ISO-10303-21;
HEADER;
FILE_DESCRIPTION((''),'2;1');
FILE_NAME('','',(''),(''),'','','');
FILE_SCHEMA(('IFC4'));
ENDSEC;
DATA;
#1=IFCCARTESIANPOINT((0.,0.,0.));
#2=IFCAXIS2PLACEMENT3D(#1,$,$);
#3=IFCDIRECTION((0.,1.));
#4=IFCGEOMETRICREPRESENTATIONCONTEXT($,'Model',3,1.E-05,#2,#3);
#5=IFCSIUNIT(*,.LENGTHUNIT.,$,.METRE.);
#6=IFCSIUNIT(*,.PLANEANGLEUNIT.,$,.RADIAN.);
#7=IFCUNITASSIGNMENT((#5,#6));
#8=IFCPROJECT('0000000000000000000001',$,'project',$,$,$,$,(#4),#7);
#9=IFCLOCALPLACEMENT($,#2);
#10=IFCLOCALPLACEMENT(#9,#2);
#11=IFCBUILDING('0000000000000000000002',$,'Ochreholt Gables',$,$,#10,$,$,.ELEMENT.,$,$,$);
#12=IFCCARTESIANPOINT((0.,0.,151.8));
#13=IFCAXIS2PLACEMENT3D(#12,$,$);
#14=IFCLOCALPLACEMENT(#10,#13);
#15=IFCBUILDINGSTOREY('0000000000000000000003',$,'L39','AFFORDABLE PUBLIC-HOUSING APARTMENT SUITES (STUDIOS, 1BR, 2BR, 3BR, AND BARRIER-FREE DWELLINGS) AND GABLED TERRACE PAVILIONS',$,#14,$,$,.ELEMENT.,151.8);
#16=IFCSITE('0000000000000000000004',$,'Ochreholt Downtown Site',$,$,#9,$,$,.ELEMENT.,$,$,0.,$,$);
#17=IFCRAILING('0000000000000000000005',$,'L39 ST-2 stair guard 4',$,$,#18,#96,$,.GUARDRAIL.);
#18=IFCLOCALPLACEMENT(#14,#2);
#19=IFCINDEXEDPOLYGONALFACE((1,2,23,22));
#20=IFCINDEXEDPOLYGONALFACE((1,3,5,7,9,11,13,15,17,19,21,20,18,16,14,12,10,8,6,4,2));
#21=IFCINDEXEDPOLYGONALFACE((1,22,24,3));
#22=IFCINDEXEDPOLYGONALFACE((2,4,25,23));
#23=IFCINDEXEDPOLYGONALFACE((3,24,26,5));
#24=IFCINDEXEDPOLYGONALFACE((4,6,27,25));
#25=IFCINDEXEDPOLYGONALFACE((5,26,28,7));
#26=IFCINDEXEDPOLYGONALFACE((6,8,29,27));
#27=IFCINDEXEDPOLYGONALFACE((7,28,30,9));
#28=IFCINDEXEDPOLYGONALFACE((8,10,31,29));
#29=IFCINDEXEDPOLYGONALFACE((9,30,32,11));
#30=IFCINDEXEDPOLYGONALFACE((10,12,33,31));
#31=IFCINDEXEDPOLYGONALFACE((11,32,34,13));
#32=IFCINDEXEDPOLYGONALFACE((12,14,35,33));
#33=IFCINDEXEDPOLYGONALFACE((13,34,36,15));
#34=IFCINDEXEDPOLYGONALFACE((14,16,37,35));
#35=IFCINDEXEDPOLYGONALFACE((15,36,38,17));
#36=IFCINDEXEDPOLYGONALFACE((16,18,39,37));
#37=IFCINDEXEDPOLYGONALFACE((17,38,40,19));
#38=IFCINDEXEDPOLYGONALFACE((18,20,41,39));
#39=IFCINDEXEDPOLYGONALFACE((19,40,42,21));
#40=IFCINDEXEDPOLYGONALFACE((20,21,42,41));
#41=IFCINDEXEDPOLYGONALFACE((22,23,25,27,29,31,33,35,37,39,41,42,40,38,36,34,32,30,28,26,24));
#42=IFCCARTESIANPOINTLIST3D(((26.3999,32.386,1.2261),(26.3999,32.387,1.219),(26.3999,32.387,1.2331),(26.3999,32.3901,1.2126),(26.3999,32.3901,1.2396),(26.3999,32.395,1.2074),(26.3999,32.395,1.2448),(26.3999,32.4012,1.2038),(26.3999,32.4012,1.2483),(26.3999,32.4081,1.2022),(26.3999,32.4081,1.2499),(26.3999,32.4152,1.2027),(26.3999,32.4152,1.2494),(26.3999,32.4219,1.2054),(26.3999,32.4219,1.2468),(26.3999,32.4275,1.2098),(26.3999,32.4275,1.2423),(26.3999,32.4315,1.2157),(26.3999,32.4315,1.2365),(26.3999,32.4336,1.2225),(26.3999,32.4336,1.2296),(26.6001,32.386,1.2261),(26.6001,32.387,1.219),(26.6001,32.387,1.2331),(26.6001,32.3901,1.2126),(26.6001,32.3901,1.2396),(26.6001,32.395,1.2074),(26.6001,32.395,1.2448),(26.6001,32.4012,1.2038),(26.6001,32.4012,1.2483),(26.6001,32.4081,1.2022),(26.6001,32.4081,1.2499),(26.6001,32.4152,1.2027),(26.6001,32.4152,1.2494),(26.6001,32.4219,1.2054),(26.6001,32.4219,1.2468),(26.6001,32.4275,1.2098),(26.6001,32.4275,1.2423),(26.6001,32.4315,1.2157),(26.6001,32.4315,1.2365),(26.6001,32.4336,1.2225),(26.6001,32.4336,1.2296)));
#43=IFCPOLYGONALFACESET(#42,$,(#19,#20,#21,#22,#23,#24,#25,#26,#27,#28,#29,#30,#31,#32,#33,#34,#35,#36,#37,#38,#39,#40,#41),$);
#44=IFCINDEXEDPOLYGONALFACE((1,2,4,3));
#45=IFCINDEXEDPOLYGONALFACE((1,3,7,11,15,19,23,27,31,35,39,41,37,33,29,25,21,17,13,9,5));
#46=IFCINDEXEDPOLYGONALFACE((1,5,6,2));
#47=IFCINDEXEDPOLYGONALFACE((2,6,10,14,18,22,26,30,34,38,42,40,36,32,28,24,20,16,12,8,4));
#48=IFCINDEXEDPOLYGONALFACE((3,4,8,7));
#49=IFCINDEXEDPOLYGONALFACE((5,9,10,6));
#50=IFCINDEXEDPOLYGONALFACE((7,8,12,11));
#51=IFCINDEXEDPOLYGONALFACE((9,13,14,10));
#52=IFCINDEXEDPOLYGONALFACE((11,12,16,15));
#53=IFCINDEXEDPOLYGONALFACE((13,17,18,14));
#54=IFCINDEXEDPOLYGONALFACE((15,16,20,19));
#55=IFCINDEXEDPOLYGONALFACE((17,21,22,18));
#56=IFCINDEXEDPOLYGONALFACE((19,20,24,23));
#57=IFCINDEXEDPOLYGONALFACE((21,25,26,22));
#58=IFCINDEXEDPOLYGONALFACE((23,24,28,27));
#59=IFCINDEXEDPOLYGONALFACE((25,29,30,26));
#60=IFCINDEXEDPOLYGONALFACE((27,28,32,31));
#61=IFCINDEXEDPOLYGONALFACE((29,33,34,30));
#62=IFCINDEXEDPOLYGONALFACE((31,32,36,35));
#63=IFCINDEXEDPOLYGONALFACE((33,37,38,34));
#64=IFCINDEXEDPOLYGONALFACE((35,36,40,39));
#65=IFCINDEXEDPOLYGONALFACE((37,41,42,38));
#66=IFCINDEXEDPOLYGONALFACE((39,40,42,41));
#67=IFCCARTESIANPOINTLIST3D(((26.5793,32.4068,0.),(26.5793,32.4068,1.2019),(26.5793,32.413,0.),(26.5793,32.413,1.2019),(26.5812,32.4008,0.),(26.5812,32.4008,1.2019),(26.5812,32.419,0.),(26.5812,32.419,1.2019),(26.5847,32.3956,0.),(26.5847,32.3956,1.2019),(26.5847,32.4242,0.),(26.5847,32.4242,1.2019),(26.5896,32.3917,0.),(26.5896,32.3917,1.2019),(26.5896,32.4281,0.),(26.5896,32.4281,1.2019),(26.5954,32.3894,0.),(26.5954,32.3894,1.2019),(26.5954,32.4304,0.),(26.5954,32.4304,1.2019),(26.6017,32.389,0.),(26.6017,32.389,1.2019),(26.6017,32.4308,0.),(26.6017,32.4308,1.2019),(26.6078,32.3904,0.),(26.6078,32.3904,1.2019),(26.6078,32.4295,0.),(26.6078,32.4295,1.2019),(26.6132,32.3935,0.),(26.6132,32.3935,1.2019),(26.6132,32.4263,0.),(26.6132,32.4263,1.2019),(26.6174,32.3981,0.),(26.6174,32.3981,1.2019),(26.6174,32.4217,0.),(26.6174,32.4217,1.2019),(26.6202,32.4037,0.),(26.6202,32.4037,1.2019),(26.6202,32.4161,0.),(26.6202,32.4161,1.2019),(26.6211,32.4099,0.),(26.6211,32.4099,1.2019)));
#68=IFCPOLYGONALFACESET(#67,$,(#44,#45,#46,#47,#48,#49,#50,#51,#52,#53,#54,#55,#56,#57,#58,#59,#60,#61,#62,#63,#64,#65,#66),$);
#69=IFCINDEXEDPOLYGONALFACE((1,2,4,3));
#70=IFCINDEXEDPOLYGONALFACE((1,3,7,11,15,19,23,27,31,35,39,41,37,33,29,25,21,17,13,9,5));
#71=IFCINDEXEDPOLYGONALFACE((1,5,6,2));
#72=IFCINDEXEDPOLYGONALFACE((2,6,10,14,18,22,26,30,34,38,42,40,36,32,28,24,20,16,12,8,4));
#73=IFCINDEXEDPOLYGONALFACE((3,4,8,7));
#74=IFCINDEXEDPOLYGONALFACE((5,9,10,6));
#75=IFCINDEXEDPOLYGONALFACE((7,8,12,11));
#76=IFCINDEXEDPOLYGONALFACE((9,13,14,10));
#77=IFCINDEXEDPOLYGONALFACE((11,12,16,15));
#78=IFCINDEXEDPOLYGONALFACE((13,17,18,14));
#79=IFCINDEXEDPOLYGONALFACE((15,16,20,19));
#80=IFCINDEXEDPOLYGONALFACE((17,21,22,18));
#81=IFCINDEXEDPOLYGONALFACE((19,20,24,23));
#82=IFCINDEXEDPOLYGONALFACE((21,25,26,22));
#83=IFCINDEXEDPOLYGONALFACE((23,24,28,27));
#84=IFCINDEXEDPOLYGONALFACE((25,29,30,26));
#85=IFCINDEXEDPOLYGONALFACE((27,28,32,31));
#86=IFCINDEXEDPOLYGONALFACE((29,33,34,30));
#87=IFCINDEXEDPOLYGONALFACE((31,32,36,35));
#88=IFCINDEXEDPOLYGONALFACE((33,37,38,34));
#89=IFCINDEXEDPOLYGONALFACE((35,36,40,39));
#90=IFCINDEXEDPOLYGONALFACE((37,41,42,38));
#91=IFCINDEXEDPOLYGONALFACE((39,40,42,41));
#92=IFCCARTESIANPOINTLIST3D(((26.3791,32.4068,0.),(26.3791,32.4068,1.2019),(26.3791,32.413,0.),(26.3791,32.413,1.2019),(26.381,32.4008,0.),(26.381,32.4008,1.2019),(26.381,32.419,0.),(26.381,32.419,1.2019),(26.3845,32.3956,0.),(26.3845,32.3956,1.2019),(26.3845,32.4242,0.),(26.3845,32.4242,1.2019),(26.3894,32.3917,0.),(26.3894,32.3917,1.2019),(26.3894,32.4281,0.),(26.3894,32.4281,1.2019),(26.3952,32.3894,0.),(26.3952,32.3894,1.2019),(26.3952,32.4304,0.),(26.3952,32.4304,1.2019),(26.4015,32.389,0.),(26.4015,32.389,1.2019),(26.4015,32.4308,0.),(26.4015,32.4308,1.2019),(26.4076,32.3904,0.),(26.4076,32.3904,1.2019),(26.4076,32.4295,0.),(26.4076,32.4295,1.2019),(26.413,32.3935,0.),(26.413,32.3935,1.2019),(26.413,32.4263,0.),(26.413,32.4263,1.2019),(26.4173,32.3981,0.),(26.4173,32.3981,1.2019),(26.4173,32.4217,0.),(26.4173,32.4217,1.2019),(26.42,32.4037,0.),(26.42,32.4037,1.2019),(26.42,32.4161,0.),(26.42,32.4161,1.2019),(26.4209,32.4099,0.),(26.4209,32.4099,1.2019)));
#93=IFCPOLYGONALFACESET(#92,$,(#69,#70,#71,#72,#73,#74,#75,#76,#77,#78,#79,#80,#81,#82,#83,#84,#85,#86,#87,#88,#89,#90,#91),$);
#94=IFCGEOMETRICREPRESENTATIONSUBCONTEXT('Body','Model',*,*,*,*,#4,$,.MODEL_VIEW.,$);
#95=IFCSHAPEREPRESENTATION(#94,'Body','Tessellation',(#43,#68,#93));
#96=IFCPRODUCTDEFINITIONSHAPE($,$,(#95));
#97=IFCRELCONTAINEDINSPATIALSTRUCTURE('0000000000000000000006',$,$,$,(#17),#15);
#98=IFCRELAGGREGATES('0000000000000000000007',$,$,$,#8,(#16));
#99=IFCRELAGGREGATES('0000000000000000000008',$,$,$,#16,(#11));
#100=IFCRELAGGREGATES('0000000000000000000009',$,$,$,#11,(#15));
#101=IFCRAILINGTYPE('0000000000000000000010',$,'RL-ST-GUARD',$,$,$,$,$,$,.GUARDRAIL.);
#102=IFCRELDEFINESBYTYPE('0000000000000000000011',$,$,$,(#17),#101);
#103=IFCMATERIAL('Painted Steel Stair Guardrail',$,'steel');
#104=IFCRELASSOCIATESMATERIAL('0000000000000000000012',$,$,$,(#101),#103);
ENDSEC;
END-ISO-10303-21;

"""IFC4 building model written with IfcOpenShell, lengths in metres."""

from ifc_helpers import new_model, si_unit, direction, frame, origin, origin_2d, place, context, subcontext, project, spatial, circle, extrude, material, type_object, element, save


model = new_model("IFC4")

# Units and contexts
model_context = context("Model", 3, precision=1e-05, world=origin(), true_north=direction((0.0, 1.0)))
body_context = subcontext(model_context, "Body", "Model", "MODEL_VIEW")
ifc_project = project(units=[si_unit("LENGTHUNIT", "METRE"), si_unit("PLANEANGLEUNIT", "RADIAN")], contexts=[model_context])

# Site, building, storey
site_placement = place(None, origin())
site = spatial("IfcSite", under=ifc_project, at=site_placement, Name="Ochreholt Downtown Site", CompositionType="ELEMENT", RefElevation=0.0)
building_placement = place(site_placement, origin())
building = spatial("IfcBuilding", under=site, at=building_placement, Name="Ochreholt Gables", CompositionType="ELEMENT")
storey_placement = place(building_placement, frame((0.0, 0.0, 151.8)))
storey = spatial("IfcBuildingStorey", under=building, at=storey_placement, Name="L39", Description="AFFORDABLE PUBLIC-HOUSING APARTMENT SUITES (STUDIOS, 1BR, 2BR, 3BR, AND BARRIER-FREE DWELLINGS) AND GABLED TERRACE PAVILIONS", CompositionType="ELEMENT", Elevation=151.8)

# Railing
ifc_material_1 = material(Name="Painted Steel Stair Guardrail", Category="steel")
railing_type = type_object("IfcRailingType", Name="RL-ST-GUARD", PredefinedType="GUARDRAIL", material=ifc_material_1)
railing_1_placement = place(storey_placement, frame((26.6001, 32.4099, 0.0)))
element("IfcRailing", 1, at=railing_1_placement, inside=storey, type_object=railing_type, Name="L39 ST-2 stair guard 4", PredefinedType="GUARDRAIL", context=body_context, shape_type="SweptSolid", body=[
    extrude(circle(Radius=0.0239, at=origin_2d()), frame((0.0, 0.0, 1.2261), z_axis=(-1.0, 0.0, 0.0), x_axis=(0.0, -1.0, 0.0)), (0.0, 0.0, 1.0), 0.2002),
    extrude(circle(Radius=0.021, at=origin_2d()), origin(), (0.0, 0.0, 1.0), 1.2019),
    extrude(circle(Radius=0.021, at=origin_2d()), frame((-0.2002, 0.0, 0.0)), (0.0, 0.0, 1.0), 1.2019),
])

save(model, "model.ifc")
